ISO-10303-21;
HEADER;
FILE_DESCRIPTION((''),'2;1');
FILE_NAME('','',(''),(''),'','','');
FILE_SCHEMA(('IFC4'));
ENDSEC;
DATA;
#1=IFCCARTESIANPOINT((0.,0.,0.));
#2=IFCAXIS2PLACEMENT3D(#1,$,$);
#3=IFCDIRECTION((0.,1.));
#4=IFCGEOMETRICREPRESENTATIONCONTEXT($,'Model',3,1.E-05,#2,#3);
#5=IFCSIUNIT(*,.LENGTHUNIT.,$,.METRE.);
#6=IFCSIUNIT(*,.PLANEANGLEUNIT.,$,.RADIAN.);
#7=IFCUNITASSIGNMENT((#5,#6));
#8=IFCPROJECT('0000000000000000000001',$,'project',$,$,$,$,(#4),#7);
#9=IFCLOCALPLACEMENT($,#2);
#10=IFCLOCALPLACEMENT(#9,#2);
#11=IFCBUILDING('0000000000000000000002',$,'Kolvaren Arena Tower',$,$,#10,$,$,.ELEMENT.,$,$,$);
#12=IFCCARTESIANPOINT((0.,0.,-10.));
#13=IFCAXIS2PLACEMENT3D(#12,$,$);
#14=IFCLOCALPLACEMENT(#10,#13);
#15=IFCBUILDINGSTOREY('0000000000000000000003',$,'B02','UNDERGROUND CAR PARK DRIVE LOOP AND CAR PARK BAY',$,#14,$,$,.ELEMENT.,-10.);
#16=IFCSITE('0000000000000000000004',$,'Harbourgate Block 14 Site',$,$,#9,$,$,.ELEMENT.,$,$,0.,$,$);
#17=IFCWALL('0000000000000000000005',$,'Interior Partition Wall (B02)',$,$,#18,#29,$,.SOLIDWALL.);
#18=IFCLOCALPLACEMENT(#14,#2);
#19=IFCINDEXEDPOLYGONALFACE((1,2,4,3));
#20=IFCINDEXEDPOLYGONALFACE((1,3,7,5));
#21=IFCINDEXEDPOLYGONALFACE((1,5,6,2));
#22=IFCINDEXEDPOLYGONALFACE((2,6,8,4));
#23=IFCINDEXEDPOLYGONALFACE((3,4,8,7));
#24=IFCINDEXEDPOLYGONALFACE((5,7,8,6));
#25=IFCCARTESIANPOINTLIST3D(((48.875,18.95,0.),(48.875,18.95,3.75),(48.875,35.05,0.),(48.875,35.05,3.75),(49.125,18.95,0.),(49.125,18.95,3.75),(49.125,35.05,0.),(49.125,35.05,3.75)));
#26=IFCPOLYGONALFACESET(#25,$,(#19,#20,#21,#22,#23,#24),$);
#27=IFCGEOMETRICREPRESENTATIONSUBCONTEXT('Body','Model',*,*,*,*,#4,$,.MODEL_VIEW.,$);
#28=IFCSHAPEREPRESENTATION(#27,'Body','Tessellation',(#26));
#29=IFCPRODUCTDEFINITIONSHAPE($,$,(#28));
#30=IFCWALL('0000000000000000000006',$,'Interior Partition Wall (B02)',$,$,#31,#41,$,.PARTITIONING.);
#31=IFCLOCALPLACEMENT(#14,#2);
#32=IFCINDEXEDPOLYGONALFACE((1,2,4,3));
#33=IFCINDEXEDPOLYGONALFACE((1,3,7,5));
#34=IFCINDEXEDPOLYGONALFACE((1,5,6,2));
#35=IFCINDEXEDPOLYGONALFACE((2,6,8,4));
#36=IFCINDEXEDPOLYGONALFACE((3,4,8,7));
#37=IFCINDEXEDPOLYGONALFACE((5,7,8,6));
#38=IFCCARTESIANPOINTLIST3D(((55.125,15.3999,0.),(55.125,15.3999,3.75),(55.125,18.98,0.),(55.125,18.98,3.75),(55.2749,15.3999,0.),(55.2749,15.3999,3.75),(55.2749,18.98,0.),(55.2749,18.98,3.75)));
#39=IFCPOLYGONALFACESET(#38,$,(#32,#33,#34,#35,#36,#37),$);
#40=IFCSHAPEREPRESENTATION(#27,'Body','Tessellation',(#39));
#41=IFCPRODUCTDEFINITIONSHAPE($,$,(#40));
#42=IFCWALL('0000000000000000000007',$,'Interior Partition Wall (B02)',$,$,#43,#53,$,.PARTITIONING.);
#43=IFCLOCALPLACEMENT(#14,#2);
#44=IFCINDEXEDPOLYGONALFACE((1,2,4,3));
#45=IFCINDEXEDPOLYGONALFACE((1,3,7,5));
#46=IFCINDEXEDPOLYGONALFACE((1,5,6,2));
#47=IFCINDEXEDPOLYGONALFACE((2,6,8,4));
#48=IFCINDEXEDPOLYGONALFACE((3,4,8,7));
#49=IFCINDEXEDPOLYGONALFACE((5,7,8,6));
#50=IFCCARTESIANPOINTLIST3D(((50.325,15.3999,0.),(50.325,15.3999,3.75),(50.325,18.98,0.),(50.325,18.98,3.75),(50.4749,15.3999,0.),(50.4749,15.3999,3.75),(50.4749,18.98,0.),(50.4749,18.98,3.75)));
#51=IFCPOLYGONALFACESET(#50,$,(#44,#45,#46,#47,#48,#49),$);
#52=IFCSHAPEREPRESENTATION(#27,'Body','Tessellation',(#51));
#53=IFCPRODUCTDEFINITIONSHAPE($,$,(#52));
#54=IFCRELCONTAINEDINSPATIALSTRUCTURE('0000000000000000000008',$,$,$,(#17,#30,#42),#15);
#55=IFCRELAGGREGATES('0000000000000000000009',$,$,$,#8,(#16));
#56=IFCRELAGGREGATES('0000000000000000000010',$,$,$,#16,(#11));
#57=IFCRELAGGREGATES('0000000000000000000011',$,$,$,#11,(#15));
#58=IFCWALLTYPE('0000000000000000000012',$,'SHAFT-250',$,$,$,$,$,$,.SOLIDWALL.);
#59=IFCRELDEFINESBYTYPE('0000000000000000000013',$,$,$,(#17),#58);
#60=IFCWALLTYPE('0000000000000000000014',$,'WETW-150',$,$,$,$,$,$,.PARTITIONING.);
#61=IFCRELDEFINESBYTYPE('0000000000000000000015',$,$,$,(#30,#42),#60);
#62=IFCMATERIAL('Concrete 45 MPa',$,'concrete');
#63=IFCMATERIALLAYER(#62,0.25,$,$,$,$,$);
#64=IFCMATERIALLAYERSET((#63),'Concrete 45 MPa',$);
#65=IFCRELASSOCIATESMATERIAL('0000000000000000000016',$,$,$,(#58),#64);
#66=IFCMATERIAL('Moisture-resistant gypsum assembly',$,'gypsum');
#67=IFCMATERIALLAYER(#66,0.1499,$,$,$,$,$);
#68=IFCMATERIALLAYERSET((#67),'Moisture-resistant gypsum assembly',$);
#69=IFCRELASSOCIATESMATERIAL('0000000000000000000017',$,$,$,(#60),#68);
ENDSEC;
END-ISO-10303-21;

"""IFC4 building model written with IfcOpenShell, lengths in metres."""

from ifc_helpers import new_model, si_unit, direction, frame, frame_2d, origin, place, context, subcontext, project, spatial, rectangle, extrude, material, layer, layer_set, type_object, element, save


model = new_model("IFC4")

# Units and contexts
model_context = context("Model", 3, precision=1e-05, world=origin(), true_north=direction((0.0, 1.0)))
body_context = subcontext(model_context, "Body", "Model", "MODEL_VIEW")
ifc_project = project(units=[si_unit("LENGTHUNIT", "METRE"), si_unit("PLANEANGLEUNIT", "RADIAN")], contexts=[model_context])

# Site, building, storey
site_placement = place(None, origin())
site = spatial("IfcSite", under=ifc_project, at=site_placement, Name="Harbourgate Block 14 Site", CompositionType="ELEMENT", RefElevation=0.0)
building_placement = place(site_placement, origin())
building = spatial("IfcBuilding", under=site, at=building_placement, Name="Kolvaren Arena Tower", CompositionType="ELEMENT")
storey_placement = place(building_placement, frame((0.0, 0.0, -10.0)))
storey = spatial("IfcBuildingStorey", under=building, at=storey_placement, Name="B02", Description="UNDERGROUND CAR PARK DRIVE LOOP AND CAR PARK BAY", CompositionType="ELEMENT", Elevation=-10.0)

# Shared definitions
ifc_material_1 = material(Name="Concrete 45 MPa", Category="concrete")
ifc_layer_1 = layer(ifc_material_1, 0.25)
ifc_layer_set_1 = layer_set([ifc_layer_1], Name="Concrete 45 MPa")
wall_type_1 = type_object("IfcWallType", Name="SHAFT-250", PredefinedType="SOLIDWALL", material=ifc_layer_set_1)

# Walls
wall_1_placement = place(storey_placement, frame((49.0, 18.95, 0.0), z_axis=(0.0, 0.0, 1.0), x_axis=(0.0, 1.0, 0.0)))
element("IfcWall", 1, at=wall_1_placement, inside=storey, type_object=wall_type_1, Name="Interior Partition Wall (B02)", PredefinedType="SOLIDWALL", context=body_context, shape_type="SweptSolid", body=[
    extrude(rectangle(XDim=16.1001, YDim=0.25, at=frame_2d((8.05, 0.0))), origin(), (0.0, 0.0, 1.0), 3.75),
])
ifc_material_2 = material(Name="Moisture-resistant gypsum assembly", Category="gypsum")
ifc_layer_2 = layer(ifc_material_2, 0.1499)
ifc_layer_set_2 = layer_set([ifc_layer_2], Name="Moisture-resistant gypsum assembly")
wall_type_2 = type_object("IfcWallType", Name="WETW-150", PredefinedType="PARTITIONING", material=ifc_layer_set_2)
for number, where, z_axis, x_axis, name in (
    (2, (55.2, 15.3999, 0.0), (0.0, 0.0, 1.0), (0.0, 1.0, 0.0), "Interior Partition Wall (B02)"),
    (3, (50.3999, 15.3999, 0.0), (0.0, 0.0, 1.0), (0.0, 1.0, 0.0), "Interior Partition Wall (B02)"),
):
    element("IfcWall", number, at=place(storey_placement, frame(where, z_axis=z_axis, x_axis=x_axis)), inside=storey, type_object=wall_type_2, Name=name, PredefinedType="PARTITIONING", context=body_context, shape_type="SweptSolid", body=[
        extrude(rectangle(XDim=3.5801, YDim=0.1499, at=frame_2d((1.79, 0.0))), origin(), (0.0, 0.0, 1.0), 3.75),
    ])

save(model, "model.ifc")
